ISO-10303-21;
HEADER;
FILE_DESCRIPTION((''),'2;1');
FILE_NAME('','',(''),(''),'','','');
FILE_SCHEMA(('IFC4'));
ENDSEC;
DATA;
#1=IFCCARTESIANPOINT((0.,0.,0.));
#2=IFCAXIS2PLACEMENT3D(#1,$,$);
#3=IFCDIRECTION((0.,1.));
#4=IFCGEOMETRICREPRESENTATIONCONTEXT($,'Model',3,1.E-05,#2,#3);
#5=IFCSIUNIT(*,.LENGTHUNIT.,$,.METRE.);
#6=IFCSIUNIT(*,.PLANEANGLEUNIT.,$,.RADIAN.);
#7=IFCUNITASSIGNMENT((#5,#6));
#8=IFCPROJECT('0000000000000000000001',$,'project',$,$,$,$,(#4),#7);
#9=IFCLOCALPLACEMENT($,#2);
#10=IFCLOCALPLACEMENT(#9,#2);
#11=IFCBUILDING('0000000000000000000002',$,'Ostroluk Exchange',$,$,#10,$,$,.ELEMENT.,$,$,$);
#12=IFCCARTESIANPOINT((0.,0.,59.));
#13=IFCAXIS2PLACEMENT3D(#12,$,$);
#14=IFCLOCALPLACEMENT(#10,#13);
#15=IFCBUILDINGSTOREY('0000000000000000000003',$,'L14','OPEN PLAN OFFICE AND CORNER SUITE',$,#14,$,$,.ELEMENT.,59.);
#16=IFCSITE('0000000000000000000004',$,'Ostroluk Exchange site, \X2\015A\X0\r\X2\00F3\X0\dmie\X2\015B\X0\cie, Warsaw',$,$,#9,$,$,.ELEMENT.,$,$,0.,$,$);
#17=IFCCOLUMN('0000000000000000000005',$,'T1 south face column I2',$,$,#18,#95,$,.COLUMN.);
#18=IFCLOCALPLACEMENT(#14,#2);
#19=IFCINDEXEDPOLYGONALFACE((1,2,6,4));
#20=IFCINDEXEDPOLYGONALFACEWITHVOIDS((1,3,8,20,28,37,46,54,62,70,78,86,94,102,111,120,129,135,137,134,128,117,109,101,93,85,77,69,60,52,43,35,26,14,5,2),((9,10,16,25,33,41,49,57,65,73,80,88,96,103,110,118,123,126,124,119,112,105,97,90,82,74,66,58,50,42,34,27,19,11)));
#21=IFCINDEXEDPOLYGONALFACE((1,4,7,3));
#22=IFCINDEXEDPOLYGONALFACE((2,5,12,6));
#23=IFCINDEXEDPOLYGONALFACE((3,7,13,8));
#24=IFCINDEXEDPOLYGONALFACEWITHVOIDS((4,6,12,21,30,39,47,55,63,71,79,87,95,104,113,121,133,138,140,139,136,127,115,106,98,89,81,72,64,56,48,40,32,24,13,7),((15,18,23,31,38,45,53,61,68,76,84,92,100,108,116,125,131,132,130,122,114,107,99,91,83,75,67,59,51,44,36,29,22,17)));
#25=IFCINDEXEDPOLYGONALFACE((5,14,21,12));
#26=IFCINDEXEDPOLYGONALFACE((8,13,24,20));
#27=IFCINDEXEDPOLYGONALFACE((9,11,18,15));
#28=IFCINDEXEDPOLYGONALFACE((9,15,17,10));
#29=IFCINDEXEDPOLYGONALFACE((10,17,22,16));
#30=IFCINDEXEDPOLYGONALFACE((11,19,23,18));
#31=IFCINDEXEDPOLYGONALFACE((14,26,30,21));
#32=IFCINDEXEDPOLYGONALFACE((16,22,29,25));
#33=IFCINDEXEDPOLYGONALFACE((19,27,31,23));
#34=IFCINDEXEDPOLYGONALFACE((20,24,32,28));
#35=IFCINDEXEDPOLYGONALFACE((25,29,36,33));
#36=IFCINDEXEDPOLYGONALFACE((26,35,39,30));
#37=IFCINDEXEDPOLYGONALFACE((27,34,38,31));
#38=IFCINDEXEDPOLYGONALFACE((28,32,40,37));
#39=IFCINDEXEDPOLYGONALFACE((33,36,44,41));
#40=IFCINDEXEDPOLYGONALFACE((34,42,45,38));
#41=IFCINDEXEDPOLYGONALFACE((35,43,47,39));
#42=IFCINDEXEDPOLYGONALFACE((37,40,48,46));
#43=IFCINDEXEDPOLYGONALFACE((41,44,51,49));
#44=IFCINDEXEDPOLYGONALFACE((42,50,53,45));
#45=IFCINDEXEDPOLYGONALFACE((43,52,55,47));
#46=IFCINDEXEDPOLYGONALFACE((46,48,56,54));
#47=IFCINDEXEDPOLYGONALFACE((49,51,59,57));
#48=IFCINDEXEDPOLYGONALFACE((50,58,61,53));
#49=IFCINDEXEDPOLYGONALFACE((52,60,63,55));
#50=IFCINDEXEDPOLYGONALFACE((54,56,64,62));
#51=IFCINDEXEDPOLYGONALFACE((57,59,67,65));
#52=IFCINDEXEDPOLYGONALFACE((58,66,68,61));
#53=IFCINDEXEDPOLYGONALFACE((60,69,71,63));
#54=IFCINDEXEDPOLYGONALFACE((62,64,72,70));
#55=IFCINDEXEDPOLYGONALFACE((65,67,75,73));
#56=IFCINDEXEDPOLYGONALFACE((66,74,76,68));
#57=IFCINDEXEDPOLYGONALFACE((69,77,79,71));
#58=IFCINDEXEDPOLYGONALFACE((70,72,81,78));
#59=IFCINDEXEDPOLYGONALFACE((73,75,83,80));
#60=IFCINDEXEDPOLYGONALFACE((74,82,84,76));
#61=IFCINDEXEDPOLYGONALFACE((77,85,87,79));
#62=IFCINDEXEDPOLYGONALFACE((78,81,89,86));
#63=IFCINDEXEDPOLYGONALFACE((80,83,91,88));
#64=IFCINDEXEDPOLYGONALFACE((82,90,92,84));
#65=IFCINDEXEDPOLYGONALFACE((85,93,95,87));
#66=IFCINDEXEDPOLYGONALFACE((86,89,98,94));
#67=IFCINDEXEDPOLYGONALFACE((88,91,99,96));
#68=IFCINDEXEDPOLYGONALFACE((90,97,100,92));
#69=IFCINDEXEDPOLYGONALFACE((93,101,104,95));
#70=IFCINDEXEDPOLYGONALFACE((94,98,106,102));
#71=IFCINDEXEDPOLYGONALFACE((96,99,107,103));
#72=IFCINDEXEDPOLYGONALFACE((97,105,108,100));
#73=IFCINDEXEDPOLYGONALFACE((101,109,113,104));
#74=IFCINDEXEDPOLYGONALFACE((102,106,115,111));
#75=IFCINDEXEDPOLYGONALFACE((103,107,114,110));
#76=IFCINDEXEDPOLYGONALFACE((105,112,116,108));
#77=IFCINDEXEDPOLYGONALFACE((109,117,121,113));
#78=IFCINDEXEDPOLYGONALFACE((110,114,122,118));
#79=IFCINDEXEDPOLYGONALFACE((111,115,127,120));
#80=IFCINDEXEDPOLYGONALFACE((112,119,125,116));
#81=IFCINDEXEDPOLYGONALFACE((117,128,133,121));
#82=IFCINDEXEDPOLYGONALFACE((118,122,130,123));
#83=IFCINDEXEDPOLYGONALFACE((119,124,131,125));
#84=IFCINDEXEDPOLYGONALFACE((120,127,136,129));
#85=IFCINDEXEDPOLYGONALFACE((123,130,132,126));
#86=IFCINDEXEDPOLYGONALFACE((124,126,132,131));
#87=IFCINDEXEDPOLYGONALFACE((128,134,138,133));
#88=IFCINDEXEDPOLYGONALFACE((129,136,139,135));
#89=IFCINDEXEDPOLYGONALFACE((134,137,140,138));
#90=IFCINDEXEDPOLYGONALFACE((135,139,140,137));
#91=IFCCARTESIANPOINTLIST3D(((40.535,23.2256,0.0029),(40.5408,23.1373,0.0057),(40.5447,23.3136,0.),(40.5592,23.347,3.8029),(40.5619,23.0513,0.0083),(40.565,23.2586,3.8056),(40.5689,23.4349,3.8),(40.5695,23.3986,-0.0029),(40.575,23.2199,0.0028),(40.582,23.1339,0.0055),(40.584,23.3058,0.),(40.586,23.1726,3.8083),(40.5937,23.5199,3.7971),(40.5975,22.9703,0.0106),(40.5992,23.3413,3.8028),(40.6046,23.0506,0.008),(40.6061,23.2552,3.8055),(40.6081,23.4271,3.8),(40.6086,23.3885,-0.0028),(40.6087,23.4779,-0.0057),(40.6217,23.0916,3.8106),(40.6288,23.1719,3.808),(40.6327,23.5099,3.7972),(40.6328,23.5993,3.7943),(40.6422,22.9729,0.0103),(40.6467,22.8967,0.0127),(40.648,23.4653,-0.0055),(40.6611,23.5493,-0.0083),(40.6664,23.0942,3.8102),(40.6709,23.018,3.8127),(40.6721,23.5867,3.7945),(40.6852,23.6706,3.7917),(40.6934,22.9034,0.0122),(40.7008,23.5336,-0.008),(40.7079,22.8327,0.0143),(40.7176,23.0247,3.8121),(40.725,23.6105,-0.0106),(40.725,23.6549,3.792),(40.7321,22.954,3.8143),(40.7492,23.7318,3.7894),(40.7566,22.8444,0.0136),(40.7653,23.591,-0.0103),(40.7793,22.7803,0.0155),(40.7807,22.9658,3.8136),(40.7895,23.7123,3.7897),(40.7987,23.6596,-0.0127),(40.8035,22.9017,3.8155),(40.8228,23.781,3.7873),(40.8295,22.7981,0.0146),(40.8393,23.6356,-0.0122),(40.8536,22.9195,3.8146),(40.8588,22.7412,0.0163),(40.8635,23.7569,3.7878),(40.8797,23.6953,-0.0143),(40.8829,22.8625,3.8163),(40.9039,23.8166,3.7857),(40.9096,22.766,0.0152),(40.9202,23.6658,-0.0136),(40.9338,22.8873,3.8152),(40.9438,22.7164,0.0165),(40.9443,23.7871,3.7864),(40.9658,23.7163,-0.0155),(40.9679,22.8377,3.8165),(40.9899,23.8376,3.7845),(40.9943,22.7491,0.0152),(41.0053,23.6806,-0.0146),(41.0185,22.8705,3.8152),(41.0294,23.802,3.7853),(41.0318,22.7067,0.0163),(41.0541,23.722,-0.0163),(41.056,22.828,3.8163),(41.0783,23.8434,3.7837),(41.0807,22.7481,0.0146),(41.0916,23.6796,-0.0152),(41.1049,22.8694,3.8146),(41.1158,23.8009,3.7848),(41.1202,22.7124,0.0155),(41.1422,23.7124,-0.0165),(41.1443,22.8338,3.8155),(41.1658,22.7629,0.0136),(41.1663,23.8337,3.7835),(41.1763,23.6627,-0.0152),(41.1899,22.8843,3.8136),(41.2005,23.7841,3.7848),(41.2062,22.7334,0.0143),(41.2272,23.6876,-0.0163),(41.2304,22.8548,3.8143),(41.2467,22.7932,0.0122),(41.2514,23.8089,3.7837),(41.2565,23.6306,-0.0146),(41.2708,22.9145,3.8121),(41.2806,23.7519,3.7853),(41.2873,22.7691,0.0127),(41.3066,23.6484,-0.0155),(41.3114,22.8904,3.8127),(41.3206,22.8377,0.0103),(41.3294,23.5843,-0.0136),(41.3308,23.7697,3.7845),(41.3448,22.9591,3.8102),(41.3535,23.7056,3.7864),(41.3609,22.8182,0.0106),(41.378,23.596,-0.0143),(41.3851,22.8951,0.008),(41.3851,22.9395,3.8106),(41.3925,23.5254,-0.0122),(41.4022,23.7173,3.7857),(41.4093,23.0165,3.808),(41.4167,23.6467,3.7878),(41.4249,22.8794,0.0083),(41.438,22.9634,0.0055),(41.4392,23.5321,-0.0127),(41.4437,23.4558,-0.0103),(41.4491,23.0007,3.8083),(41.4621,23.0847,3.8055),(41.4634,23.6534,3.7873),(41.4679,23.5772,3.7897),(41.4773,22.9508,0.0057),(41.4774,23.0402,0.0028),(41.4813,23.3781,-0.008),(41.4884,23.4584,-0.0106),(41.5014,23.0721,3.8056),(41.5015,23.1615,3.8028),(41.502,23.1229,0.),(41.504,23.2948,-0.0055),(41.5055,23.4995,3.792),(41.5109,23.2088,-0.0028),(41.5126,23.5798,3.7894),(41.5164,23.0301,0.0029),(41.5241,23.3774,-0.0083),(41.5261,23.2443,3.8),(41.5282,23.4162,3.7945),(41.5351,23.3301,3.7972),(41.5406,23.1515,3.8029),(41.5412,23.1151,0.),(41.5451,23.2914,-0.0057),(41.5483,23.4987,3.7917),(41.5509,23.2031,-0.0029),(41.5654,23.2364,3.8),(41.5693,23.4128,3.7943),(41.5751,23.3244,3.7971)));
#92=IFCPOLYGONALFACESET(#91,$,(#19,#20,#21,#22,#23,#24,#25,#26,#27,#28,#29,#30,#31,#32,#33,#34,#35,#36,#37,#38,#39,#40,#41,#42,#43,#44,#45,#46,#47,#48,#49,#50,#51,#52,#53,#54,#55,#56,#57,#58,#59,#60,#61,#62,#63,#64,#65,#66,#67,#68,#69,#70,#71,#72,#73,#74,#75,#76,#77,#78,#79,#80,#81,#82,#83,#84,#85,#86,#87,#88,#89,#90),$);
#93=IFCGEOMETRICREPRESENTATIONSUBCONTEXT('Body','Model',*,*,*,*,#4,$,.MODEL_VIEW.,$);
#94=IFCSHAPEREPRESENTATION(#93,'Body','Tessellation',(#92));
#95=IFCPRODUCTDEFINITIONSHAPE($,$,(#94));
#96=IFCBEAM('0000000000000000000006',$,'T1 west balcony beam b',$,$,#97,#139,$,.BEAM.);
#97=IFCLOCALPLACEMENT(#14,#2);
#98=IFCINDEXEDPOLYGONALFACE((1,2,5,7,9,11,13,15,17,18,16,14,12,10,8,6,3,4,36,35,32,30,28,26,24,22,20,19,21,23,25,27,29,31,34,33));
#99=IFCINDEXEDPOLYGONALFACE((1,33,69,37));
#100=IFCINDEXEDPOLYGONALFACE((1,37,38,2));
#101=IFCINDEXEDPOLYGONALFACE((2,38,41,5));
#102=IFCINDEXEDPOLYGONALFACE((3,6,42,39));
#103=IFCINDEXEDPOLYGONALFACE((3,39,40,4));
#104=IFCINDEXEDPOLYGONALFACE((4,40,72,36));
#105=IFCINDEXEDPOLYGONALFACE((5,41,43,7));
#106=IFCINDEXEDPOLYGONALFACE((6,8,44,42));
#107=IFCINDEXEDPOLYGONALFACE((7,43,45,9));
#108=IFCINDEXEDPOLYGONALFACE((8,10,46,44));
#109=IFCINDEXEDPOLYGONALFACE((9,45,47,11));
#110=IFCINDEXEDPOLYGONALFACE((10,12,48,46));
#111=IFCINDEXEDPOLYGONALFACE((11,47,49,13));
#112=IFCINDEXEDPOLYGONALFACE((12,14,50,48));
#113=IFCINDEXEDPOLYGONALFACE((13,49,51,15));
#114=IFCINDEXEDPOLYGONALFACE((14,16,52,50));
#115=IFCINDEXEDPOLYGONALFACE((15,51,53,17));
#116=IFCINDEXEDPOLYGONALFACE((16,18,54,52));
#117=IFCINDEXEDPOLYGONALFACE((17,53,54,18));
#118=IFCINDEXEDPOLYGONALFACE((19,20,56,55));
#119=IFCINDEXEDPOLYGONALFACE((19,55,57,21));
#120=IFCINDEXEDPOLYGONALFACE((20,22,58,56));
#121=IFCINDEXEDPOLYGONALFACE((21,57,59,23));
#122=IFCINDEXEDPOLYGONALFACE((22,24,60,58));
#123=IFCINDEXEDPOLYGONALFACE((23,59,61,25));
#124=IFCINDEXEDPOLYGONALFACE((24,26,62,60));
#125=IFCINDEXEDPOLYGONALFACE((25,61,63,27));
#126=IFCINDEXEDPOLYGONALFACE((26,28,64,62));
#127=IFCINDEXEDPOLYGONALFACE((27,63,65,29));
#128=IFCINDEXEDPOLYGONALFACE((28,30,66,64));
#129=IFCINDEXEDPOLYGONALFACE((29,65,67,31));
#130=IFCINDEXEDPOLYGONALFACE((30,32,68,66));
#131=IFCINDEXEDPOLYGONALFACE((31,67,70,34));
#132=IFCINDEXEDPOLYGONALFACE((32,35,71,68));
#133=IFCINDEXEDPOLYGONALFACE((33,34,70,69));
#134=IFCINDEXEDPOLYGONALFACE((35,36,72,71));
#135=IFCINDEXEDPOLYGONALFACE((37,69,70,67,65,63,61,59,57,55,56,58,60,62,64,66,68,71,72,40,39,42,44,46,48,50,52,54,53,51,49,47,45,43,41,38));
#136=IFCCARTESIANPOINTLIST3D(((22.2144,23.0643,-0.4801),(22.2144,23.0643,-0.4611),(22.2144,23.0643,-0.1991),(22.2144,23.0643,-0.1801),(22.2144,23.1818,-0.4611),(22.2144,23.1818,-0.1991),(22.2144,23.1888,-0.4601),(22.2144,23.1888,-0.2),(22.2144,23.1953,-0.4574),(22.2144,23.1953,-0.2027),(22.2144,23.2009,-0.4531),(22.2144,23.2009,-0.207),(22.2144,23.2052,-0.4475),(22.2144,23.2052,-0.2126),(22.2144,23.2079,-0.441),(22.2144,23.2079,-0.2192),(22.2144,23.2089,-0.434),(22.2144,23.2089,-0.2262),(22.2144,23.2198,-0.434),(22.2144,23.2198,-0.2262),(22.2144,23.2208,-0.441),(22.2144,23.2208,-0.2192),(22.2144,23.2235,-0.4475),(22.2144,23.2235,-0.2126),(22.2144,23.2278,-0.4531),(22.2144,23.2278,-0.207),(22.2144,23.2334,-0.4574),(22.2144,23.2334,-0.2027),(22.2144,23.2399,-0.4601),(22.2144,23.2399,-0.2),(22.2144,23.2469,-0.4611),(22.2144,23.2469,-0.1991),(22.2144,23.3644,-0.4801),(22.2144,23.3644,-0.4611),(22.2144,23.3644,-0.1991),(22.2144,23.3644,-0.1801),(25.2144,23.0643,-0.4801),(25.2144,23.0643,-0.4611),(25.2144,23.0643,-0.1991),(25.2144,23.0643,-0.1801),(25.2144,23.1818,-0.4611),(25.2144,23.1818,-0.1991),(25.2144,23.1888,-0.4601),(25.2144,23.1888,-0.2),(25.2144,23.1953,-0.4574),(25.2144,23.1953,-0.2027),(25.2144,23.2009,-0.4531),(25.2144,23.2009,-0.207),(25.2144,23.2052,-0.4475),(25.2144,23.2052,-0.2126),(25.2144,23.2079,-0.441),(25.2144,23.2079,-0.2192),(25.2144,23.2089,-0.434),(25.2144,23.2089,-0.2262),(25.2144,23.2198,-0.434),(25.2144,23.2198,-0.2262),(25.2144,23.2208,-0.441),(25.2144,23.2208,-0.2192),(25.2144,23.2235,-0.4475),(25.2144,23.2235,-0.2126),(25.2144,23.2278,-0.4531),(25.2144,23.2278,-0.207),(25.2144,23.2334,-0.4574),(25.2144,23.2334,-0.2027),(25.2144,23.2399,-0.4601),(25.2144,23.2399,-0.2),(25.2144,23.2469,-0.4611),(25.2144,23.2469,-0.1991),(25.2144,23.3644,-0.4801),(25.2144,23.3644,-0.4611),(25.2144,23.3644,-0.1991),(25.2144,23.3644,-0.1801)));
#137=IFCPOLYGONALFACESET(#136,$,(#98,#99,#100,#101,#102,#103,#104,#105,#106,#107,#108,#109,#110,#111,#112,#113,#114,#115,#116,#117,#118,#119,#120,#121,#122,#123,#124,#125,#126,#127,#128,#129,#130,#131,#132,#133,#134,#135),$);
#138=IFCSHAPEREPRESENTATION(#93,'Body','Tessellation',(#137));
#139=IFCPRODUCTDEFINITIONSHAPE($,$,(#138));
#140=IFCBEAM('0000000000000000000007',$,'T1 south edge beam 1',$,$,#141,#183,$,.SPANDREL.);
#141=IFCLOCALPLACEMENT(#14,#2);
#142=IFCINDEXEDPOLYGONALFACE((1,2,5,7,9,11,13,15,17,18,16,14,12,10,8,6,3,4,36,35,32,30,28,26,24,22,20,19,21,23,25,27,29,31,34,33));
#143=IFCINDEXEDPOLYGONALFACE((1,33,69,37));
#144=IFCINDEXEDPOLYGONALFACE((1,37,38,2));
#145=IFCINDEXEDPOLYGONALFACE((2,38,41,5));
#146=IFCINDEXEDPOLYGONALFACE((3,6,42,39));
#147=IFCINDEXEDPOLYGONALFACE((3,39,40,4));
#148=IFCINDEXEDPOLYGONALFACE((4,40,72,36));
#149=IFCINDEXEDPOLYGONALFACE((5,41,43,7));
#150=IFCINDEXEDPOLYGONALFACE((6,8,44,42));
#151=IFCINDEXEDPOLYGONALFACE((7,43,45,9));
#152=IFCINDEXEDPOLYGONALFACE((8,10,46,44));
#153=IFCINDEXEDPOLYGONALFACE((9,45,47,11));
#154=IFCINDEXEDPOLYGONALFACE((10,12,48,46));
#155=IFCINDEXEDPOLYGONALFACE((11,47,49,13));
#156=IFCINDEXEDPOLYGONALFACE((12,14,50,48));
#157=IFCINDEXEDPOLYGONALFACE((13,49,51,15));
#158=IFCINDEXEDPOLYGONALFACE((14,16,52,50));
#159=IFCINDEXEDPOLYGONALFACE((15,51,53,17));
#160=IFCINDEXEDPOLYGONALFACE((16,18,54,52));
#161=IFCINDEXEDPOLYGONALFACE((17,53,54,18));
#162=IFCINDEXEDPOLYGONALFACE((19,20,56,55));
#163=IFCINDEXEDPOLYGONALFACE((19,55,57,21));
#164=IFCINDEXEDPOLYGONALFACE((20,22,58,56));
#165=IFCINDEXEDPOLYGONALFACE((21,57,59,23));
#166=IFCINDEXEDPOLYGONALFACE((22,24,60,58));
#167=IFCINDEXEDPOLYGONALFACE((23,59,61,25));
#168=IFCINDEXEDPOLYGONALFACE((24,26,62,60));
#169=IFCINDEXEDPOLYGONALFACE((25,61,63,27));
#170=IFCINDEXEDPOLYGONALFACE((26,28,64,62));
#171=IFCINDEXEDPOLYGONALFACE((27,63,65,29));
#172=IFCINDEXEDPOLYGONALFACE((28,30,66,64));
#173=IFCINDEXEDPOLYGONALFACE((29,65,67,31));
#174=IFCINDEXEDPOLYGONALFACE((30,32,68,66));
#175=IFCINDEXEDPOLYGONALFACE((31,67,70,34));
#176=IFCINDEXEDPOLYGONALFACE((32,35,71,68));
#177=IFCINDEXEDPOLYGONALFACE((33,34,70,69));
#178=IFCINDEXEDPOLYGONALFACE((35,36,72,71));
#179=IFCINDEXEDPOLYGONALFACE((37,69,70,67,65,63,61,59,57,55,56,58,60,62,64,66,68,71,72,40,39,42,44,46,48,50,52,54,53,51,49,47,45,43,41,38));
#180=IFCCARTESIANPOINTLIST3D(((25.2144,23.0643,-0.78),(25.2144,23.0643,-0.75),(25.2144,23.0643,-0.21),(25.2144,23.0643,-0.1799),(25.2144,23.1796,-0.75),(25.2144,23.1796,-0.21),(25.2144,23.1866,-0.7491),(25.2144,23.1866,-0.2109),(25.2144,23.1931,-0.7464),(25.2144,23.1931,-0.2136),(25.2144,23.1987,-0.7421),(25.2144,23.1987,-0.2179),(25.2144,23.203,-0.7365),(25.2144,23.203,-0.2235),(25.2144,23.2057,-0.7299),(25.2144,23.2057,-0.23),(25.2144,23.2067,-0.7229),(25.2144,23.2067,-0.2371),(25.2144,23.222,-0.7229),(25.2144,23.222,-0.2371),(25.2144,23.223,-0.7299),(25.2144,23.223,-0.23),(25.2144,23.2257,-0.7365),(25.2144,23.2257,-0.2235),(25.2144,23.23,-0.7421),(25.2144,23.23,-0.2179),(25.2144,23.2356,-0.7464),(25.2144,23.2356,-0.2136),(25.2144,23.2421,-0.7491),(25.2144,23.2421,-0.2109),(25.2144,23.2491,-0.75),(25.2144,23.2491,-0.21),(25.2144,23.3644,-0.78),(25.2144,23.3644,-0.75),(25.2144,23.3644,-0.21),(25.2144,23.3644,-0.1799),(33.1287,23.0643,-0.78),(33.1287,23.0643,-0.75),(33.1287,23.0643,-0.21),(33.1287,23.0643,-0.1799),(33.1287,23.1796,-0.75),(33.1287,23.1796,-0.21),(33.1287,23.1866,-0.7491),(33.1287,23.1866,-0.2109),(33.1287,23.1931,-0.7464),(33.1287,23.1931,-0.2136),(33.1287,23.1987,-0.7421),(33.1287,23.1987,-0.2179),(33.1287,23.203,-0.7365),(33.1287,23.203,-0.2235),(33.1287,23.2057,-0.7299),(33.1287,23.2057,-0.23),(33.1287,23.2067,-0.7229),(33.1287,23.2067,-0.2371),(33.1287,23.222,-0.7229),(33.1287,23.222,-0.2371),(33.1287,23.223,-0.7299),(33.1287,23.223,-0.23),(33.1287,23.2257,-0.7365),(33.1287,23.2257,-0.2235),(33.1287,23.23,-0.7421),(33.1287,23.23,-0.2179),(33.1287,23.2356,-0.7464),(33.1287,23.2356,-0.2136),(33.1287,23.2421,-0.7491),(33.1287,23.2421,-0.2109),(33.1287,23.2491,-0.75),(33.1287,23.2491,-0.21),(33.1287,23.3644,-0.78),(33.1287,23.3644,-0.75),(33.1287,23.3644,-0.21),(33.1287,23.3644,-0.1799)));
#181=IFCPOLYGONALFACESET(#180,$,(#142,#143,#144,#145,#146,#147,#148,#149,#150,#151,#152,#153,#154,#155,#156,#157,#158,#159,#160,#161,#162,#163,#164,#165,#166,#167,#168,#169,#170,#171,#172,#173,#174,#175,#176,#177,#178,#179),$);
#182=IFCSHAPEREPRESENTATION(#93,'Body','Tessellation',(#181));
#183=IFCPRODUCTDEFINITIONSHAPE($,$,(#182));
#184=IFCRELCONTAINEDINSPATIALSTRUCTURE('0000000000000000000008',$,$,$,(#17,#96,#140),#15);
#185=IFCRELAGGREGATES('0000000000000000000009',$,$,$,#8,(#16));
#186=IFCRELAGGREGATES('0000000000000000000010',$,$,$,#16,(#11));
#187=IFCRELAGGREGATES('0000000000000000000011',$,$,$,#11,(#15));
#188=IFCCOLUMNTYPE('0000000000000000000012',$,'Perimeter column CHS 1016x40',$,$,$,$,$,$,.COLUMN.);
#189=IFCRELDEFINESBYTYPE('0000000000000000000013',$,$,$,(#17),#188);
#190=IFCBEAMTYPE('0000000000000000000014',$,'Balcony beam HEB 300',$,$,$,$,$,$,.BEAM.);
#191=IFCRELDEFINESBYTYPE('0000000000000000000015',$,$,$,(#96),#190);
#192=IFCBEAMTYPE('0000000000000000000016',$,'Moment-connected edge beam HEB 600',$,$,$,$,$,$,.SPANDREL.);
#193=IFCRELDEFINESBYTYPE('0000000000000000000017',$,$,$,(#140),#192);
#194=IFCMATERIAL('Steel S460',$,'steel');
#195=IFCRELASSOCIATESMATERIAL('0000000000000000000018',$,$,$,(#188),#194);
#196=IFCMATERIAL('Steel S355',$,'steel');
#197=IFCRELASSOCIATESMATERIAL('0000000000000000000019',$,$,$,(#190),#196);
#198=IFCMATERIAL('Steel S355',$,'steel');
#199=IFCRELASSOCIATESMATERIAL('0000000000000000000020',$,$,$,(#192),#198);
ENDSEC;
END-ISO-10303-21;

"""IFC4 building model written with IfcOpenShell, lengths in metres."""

from ifc_helpers import new_model, si_unit, direction, frame, origin, origin_2d, place, context, subcontext, project, spatial, hollow_circle, i_section, extrude, material, material_profile, profile_set, type_object, element, save


model = new_model("IFC4")

# Units and contexts
model_context = context("Model", 3, precision=1e-05, world=origin(), true_north=direction((0.0, 1.0)))
body_context = subcontext(model_context, "Body", "Model", "MODEL_VIEW")
ifc_project = project(units=[si_unit("LENGTHUNIT", "METRE"), si_unit("PLANEANGLEUNIT", "RADIAN")], contexts=[model_context])

# Site, building, storey
site_placement = place(None, origin())
site = spatial("IfcSite", under=ifc_project, at=site_placement, Name="Ostroluk Exchange site, Śródmieście, Warsaw", CompositionType="ELEMENT", RefElevation=0.0)
building_placement = place(site_placement, origin())
building = spatial("IfcBuilding", under=site, at=building_placement, Name="Ostroluk Exchange", CompositionType="ELEMENT")
storey_placement = place(building_placement, frame((0.0, 0.0, 59.0)))
storey = spatial("IfcBuildingStorey", under=building, at=storey_placement, Name="L14", Description="OPEN PLAN OFFICE AND CORNER SUITE", CompositionType="ELEMENT", Elevation=59.0)

# Column
ifc_material_1 = material(Name="Steel S460", Category="steel")
ifc_material_profile_1 = material_profile(ifc_material_1, hollow_circle(Radius=0.5081, WallThickness=0.04, at=origin_2d()), Name="CHS 1016x40")
ifc_profile_set_1 = profile_set([ifc_material_profile_1], Name="Steel S460")
column_type_1 = type_object("IfcColumnType", Name="Perimeter column CHS 1016x40", PredefinedType="COLUMN", material=ifc_profile_set_1)
column_1_placement = place(storey_placement, frame((41.043, 23.2144, 0.0), z_axis=(0.006357, 0.031914, 0.99947), x_axis=(-0.980732, 0.195357, 0.0)))
element("IfcColumn", 1, at=column_1_placement, inside=storey, type_object=column_type_1, Name="T1 south face column I2", PredefinedType="COLUMN", context=body_context, shape_type="SweptSolid", body=[
    extrude(hollow_circle(Radius=0.5081, WallThickness=0.04, at=origin_2d()), origin(), (0.0, 0.0, 1.0), 3.802),
])

# Beams
ifc_material_2 = material(Name="Steel S355", Category="steel")
ifc_material_profile_2 = material_profile(ifc_material_2, i_section(OverallWidth=0.3, OverallDepth=0.3, WebThickness=0.011, FlangeThickness=0.019, FilletRadius=0.0271, at=origin_2d()), Name="HEB 300")
ifc_profile_set_2 = profile_set([ifc_material_profile_2], Name="Steel S355")
beam_type_1 = type_object("IfcBeamType", Name="Balcony beam HEB 300", PredefinedType="BEAM", material=ifc_profile_set_2)
beam_1_placement = place(storey_placement, frame((25.2144, 23.2144, -0.3301), z_axis=(-1.0, 0.0, 0.0), x_axis=(0.0, -1.0, 0.0)))
element("IfcBeam", 2, at=beam_1_placement, inside=storey, type_object=beam_type_1, Name="T1 west balcony beam b", PredefinedType="BEAM", context=body_context, shape_type="SweptSolid", body=[
    extrude(i_section(OverallWidth=0.3, OverallDepth=0.3, WebThickness=0.011, FlangeThickness=0.019, FilletRadius=0.0271, at=origin_2d()), origin(), (0.0, 0.0, 1.0), 3.0),
])
ifc_material_3 = material(Name="Steel S355", Category="steel")
ifc_material_profile_3 = material_profile(ifc_material_3, i_section(OverallWidth=0.3, OverallDepth=0.6001, WebThickness=0.0154, FlangeThickness=0.03, FilletRadius=0.0271, at=origin_2d()), Name="HEB 600")
ifc_profile_set_3 = profile_set([ifc_material_profile_3], Name="Steel S355")
beam_type_2 = type_object("IfcBeamType", Name="Moment-connected edge beam HEB 600", PredefinedType="SPANDREL", material=ifc_profile_set_3)
for number, where, z_axis, x_axis, name in (
    (3, (25.2144, 23.2144, -0.48), (1.0, 0.0, 0.0), (0.0, 1.0, 0.0), "T1 south edge beam 1"),
):
    element("IfcBeam", number, at=place(storey_placement, frame(where, z_axis=z_axis, x_axis=x_axis)), inside=storey, type_object=beam_type_2, Name=name, PredefinedType="SPANDREL", context=body_context, shape_type="SweptSolid", body=[
        extrude(i_section(OverallWidth=0.3, OverallDepth=0.6001, WebThickness=0.0154, FlangeThickness=0.03, FilletRadius=0.0271, at=origin_2d()), origin(), (0.0, 0.0, 1.0), 7.9143),
    ])

save(model, "model.ifc")
